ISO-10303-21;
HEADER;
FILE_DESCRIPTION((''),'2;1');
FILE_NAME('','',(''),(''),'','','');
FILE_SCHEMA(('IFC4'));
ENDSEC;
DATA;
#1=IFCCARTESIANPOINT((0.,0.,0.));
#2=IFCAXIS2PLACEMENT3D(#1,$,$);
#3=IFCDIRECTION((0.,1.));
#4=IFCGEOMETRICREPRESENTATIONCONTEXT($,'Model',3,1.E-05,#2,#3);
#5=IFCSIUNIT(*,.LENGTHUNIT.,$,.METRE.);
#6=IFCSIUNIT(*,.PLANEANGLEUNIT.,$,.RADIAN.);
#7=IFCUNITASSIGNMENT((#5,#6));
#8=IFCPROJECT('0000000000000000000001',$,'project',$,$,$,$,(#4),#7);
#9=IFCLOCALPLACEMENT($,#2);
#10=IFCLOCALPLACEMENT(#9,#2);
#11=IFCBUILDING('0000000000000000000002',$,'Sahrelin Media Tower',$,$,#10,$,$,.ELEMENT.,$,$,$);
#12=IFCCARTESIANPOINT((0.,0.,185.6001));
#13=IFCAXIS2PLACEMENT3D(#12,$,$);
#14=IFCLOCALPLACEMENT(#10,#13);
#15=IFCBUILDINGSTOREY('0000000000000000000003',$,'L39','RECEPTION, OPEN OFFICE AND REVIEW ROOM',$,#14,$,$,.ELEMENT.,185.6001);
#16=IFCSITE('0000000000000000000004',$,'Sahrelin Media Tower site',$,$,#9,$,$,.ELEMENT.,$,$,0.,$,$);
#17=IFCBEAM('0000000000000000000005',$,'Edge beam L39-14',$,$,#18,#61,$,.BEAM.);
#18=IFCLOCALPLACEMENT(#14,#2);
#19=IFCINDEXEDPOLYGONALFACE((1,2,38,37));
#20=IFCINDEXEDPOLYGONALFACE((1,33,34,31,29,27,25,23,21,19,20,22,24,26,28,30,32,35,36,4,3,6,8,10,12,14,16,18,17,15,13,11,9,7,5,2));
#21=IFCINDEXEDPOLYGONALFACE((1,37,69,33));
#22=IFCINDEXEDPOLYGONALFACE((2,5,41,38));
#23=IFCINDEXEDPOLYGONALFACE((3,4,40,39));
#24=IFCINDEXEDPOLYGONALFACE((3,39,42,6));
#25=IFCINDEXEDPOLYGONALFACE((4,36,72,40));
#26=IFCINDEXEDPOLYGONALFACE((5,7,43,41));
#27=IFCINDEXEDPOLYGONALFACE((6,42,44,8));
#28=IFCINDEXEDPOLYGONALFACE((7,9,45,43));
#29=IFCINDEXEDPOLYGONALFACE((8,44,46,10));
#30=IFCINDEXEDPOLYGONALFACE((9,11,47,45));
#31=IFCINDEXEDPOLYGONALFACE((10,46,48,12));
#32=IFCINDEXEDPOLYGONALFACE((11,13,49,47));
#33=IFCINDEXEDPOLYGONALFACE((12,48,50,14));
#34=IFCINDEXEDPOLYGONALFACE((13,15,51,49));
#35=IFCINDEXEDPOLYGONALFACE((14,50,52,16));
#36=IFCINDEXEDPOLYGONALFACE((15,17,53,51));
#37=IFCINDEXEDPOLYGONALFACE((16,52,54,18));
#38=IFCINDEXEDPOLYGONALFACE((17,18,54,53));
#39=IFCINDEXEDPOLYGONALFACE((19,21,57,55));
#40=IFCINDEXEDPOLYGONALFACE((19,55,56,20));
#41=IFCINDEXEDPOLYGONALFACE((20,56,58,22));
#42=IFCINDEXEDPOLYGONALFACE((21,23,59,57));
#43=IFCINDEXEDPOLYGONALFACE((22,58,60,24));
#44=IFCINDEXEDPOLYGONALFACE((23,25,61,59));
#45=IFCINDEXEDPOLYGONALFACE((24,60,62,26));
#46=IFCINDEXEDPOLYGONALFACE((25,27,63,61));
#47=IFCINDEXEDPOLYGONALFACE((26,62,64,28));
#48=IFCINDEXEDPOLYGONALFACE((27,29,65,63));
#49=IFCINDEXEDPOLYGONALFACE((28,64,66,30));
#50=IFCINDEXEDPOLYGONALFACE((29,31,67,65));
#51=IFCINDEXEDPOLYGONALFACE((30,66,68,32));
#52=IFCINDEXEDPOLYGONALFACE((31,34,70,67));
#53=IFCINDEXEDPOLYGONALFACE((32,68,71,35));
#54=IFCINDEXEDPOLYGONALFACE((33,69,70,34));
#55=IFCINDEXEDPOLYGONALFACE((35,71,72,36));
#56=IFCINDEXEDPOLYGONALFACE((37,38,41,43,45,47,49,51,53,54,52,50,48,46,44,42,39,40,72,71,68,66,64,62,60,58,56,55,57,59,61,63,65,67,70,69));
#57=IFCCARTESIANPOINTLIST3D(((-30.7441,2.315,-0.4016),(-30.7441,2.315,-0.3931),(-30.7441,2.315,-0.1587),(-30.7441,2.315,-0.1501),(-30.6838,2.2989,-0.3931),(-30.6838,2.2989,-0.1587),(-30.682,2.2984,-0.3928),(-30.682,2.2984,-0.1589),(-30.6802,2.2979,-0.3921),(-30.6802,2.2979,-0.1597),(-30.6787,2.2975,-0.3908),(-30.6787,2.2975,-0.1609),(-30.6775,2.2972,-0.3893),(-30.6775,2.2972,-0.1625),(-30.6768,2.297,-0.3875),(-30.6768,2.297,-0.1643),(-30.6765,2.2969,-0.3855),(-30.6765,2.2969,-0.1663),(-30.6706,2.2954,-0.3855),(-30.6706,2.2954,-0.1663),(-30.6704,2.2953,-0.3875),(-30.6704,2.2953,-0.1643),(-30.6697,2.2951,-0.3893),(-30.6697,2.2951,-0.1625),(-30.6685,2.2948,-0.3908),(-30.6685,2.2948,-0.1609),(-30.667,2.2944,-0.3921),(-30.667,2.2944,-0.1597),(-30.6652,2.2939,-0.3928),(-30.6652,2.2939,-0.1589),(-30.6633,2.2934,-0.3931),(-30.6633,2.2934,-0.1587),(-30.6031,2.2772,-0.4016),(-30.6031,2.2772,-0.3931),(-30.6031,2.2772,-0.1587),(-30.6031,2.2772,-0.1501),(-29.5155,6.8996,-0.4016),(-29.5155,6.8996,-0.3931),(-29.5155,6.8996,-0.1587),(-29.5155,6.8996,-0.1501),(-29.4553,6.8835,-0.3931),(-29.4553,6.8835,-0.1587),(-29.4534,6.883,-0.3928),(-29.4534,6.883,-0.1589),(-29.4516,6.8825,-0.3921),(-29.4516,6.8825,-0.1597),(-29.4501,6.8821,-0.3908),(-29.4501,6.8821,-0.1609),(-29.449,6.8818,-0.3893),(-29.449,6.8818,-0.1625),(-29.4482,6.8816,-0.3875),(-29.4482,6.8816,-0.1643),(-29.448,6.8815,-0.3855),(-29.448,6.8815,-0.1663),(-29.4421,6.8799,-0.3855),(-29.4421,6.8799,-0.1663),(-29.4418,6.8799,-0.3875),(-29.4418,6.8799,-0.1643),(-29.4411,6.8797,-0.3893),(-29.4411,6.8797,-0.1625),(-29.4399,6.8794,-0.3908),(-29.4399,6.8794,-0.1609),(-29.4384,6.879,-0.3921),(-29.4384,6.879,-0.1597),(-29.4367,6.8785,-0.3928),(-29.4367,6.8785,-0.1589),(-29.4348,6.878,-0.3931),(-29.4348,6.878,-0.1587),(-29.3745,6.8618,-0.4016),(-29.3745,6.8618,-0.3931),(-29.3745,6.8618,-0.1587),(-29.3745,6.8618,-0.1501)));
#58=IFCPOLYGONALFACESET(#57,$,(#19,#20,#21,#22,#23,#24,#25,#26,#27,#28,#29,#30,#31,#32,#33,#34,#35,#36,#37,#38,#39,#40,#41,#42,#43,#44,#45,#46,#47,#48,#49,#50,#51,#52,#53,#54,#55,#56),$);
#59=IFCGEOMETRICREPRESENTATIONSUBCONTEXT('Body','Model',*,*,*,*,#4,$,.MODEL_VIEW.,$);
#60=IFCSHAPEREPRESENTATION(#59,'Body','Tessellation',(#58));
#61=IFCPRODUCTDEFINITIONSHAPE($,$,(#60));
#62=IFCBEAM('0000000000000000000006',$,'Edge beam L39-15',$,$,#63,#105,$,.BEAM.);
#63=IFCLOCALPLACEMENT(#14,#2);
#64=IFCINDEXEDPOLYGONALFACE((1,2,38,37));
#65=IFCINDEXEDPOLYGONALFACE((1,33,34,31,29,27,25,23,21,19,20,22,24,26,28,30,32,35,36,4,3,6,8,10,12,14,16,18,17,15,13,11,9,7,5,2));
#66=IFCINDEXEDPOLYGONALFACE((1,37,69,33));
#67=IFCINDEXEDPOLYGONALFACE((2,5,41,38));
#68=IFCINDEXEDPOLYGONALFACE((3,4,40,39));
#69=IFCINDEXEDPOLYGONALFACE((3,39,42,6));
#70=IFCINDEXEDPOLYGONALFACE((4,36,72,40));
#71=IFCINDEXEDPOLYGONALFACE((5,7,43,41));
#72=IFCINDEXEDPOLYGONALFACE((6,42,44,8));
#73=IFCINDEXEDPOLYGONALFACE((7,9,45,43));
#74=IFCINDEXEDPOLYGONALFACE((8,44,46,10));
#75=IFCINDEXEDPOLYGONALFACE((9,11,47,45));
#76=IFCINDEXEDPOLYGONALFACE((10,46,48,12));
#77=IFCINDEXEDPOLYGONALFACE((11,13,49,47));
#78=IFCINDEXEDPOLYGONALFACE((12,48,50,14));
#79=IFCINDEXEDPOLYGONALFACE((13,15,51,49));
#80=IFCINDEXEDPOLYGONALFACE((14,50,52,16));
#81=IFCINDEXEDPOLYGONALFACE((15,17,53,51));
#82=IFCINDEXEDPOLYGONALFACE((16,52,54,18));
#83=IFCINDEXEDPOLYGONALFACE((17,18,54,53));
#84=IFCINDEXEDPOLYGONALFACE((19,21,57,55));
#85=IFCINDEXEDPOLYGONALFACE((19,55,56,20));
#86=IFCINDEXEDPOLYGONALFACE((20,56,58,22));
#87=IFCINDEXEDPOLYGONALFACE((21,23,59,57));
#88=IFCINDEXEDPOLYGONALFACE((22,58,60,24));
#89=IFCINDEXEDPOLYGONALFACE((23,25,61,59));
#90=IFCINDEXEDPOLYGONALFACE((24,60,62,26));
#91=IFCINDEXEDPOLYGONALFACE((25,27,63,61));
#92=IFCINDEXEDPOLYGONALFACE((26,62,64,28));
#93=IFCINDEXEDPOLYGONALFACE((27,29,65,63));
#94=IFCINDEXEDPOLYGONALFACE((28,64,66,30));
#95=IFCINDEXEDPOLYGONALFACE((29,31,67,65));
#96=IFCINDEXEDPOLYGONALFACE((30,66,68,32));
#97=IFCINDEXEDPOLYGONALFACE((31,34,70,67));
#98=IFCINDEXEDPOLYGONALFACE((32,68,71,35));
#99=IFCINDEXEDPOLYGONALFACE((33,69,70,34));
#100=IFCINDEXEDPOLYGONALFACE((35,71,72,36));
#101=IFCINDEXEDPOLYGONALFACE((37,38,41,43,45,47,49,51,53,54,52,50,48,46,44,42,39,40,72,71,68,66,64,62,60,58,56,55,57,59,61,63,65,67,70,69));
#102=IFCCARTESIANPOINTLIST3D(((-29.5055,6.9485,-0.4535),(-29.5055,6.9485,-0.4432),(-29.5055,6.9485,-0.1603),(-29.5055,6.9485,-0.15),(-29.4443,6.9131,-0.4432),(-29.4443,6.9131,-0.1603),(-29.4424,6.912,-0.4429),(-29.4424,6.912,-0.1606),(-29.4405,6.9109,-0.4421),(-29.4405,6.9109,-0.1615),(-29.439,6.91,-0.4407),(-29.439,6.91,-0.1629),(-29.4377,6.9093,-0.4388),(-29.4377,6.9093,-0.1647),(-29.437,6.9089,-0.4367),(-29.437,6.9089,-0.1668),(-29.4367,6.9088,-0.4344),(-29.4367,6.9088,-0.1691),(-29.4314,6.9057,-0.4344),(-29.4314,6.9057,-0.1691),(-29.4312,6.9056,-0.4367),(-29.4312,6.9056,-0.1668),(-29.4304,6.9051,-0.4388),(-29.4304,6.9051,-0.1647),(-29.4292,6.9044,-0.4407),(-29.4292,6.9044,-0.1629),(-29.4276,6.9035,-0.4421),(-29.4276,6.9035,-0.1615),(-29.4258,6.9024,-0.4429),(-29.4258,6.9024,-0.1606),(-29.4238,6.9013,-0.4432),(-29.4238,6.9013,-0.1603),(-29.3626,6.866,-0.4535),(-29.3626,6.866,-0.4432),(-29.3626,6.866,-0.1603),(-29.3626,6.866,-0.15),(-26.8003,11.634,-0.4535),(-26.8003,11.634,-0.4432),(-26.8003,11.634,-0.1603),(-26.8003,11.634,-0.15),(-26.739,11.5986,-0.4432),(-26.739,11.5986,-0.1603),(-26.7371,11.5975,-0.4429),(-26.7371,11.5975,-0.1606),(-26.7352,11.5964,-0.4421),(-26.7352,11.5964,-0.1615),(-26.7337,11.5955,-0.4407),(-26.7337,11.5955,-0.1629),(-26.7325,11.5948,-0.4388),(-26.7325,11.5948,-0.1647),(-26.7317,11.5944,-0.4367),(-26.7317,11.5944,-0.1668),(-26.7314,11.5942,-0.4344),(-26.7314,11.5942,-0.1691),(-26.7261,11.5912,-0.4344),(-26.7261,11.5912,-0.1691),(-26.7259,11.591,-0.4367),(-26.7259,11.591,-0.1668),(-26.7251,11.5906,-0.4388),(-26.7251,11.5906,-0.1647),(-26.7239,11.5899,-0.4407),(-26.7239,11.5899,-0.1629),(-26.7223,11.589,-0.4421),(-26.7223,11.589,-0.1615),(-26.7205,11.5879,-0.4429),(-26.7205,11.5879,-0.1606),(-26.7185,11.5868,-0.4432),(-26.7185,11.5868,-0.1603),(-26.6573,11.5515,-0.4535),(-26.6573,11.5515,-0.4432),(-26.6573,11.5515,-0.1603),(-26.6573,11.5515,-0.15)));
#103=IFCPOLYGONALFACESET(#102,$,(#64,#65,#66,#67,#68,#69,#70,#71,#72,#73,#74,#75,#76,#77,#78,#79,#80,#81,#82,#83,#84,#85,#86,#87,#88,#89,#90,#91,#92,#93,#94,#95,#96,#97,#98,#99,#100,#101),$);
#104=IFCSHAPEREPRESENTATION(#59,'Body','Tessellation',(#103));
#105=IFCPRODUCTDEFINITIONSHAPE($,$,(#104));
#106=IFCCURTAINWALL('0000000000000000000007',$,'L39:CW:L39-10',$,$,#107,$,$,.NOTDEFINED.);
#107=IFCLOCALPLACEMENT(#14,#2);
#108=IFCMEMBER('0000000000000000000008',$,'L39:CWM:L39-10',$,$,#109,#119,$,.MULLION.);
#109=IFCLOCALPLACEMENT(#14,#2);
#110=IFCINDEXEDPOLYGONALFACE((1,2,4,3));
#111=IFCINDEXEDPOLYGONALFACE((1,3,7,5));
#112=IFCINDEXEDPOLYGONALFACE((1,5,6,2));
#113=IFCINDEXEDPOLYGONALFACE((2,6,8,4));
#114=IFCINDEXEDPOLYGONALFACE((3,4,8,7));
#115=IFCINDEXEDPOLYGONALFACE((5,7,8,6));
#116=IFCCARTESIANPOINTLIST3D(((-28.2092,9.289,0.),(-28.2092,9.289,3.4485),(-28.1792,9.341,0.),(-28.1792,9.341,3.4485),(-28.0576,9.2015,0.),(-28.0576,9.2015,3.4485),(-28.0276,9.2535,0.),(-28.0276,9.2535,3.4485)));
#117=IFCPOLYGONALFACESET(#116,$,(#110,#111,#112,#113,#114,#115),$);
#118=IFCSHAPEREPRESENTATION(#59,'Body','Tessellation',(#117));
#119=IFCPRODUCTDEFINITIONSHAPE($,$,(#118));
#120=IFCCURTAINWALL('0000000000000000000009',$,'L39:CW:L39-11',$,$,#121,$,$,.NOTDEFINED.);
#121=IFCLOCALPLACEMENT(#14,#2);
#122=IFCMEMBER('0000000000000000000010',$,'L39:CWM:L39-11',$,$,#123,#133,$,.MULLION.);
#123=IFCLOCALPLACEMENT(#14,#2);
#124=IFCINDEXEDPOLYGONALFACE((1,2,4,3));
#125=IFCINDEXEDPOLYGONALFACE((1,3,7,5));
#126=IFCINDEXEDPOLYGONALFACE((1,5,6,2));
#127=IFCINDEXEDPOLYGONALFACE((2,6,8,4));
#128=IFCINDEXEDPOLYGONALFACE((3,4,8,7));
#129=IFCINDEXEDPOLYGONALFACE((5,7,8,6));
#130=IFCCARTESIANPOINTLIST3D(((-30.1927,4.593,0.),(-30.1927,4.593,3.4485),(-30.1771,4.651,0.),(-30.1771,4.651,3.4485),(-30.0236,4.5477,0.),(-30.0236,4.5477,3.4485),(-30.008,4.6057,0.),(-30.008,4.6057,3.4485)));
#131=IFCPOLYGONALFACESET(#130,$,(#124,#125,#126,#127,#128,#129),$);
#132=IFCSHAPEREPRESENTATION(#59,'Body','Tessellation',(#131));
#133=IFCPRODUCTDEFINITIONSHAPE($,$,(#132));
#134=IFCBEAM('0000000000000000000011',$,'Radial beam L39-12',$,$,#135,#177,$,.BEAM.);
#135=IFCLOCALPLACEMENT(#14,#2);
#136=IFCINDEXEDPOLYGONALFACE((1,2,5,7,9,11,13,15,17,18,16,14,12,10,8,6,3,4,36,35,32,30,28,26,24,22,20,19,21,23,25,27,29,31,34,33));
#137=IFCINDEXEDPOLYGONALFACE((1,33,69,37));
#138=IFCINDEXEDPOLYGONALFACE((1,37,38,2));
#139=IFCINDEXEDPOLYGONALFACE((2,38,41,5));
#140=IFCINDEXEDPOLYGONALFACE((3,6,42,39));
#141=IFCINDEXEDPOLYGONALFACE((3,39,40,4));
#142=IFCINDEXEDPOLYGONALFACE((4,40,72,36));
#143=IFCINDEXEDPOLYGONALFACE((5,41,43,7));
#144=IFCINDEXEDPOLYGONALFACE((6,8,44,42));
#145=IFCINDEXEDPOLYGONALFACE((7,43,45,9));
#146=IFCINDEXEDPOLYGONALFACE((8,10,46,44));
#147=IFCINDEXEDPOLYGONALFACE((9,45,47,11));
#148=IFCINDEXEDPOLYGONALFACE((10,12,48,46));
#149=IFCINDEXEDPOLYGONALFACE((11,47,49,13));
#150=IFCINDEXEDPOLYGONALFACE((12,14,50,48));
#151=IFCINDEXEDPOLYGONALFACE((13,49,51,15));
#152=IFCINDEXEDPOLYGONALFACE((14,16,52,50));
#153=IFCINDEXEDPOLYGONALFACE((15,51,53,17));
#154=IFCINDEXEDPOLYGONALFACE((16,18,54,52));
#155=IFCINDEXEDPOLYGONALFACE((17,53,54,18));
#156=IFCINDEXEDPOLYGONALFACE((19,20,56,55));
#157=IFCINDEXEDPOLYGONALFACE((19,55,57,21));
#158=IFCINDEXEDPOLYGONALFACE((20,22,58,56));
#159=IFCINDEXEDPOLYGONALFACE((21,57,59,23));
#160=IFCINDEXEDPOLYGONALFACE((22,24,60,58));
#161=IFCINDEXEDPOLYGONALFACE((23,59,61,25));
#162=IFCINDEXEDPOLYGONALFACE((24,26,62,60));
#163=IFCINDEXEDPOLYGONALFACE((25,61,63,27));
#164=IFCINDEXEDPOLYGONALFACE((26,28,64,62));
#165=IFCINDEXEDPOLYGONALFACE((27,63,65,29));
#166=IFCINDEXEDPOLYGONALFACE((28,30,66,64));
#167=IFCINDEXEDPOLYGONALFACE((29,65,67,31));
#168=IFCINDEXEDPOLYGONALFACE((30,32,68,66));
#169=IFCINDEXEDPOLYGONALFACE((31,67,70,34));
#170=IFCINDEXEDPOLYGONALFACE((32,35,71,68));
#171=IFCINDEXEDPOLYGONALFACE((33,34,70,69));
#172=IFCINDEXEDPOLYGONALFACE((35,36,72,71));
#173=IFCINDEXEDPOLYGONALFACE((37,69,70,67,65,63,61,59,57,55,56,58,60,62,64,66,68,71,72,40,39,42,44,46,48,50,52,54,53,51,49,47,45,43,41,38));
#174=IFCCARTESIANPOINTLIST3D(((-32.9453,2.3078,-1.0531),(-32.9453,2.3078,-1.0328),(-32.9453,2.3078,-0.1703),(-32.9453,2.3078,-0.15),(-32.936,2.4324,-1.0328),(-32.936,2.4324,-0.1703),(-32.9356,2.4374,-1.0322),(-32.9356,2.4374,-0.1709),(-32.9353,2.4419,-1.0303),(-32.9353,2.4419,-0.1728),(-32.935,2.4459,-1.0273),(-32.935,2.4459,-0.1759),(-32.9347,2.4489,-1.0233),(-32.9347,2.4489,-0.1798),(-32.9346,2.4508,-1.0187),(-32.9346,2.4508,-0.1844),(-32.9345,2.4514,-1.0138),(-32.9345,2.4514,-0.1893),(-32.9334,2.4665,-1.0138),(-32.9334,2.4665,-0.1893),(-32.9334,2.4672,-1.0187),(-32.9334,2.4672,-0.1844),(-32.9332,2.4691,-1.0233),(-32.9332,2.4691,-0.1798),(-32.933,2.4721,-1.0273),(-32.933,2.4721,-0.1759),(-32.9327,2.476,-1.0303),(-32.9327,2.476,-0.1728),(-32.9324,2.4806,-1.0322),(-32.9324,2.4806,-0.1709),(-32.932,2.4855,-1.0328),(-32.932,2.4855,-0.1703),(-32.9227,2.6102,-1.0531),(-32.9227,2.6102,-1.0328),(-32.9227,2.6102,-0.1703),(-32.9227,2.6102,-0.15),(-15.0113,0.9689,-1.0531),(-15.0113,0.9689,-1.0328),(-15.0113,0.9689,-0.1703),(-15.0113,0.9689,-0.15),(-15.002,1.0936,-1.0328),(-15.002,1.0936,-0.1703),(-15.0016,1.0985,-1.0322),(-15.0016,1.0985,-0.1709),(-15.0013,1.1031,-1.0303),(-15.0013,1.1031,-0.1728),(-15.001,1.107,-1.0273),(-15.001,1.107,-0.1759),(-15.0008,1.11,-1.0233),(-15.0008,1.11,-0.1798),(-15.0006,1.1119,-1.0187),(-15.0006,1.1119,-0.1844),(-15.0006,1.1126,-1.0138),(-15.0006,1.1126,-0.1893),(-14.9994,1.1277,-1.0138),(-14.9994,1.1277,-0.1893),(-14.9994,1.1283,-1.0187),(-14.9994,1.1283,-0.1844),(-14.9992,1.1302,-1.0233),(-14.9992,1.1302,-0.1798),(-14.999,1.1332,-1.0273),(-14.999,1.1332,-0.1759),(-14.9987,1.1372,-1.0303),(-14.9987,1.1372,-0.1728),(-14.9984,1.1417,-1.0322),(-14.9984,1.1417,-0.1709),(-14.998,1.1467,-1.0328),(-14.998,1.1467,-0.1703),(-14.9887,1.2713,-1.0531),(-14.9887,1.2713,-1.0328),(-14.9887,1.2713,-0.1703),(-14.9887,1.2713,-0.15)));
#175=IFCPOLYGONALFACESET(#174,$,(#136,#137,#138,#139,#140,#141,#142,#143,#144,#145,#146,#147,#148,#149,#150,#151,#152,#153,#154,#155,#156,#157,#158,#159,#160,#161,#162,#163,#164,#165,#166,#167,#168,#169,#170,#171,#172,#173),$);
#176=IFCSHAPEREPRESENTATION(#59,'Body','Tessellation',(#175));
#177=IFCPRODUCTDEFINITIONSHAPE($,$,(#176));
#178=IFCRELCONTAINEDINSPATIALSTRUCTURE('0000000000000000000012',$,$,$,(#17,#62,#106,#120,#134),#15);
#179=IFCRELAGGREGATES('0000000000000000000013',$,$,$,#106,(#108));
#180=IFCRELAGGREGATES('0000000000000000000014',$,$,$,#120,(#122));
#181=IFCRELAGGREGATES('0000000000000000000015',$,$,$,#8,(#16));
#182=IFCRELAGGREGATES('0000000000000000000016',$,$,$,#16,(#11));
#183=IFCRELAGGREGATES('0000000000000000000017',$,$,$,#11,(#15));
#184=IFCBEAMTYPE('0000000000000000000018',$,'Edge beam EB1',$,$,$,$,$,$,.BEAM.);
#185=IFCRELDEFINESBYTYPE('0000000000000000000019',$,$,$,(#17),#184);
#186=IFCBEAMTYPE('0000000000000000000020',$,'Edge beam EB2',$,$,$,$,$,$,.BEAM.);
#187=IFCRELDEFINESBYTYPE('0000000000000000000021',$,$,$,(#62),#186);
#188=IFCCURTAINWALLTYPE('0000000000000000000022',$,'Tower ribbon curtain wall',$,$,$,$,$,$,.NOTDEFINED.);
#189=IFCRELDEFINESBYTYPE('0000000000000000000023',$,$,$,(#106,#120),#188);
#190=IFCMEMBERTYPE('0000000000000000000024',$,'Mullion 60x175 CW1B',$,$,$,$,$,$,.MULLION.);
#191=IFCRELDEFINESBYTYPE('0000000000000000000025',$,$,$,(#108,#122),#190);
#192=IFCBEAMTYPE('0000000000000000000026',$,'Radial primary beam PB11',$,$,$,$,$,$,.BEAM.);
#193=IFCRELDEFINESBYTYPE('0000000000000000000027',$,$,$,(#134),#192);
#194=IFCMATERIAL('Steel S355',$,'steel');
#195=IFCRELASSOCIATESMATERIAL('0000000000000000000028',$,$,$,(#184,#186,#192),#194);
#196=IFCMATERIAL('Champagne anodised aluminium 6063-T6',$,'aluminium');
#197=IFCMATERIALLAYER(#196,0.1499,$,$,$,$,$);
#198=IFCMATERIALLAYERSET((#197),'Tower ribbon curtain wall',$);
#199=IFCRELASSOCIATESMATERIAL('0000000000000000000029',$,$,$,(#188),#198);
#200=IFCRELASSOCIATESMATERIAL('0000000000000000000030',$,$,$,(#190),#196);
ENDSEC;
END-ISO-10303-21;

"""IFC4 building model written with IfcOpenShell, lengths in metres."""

from ifc_helpers import new_model, si_unit, direction, frame, origin, origin_2d, place, context, subcontext, project, spatial, rectangle, i_section, extrude, material, layer, layer_set, material_profile, profile_set, type_object, element, aggregate, save


model = new_model("IFC4")

# Units and contexts
model_context = context("Model", 3, precision=1e-05, world=origin(), true_north=direction((0.0, 1.0)))
body_context = subcontext(model_context, "Body", "Model", "MODEL_VIEW")
ifc_project = project(units=[si_unit("LENGTHUNIT", "METRE"), si_unit("PLANEANGLEUNIT", "RADIAN")], contexts=[model_context])

# Site, building, storey
site_placement = place(None, origin())
site = spatial("IfcSite", under=ifc_project, at=site_placement, Name="Sahrelin Media Tower site", CompositionType="ELEMENT", RefElevation=0.0)
building_placement = place(site_placement, origin())
building = spatial("IfcBuilding", under=site, at=building_placement, Name="Sahrelin Media Tower", CompositionType="ELEMENT")
storey_placement = place(building_placement, frame((0.0, 0.0, 185.6001)))
storey = spatial("IfcBuildingStorey", under=building, at=storey_placement, Name="L39", Description="RECEPTION, OPEN OFFICE AND REVIEW ROOM", CompositionType="ELEMENT", Elevation=185.6001)

# Beams
ifc_material_1 = material(Name="Steel S355", Category="steel")
ifc_material_profile_1 = material_profile(ifc_material_1, i_section(OverallWidth=0.146, OverallDepth=0.2515, WebThickness=0.0061, FlangeThickness=0.0085, FilletRadius=0.0076, at=origin_2d()), Name="UB 254x146x31")
ifc_profile_set_1 = profile_set([ifc_material_profile_1], Name="Steel S355")
beam_type_1 = type_object("IfcBeamType", Name="Edge beam EB1", PredefinedType="BEAM", material=ifc_profile_set_1)
beam_1_placement = place(storey_placement, frame((-30.6736, 2.2961, -0.2759), z_axis=(0.258841, 0.96592, 0.0), x_axis=(-0.96592, 0.258841, 0.0)))
element("IfcBeam", 1, at=beam_1_placement, inside=storey, type_object=beam_type_1, Name="Edge beam L39-14", PredefinedType="BEAM", context=body_context, shape_type="SweptSolid", body=[
    extrude(i_section(OverallWidth=0.146, OverallDepth=0.2515, WebThickness=0.0061, FlangeThickness=0.0085, FilletRadius=0.0076, at=origin_2d()), origin(), (0.0, 0.0, 1.0), 4.7463),
])
ifc_material_profile_2 = material_profile(ifc_material_1, i_section(OverallWidth=0.165, OverallDepth=0.3035, WebThickness=0.0061, FlangeThickness=0.0103, FilletRadius=0.0088, at=origin_2d()), Name="UB 305x165x40")
ifc_profile_set_2 = profile_set([ifc_material_profile_2], Name="Steel S355")
beam_type_2 = type_object("IfcBeamType", Name="Edge beam EB2", PredefinedType="BEAM", material=ifc_profile_set_2)
beam_2_placement = place(storey_placement, frame((-29.4341, 6.9072, -0.3018), z_axis=(0.500017, 0.866016, 0.0), x_axis=(-0.866016, 0.500017, 0.0)))
element("IfcBeam", 2, at=beam_2_placement, inside=storey, type_object=beam_type_2, Name="Edge beam L39-15", PredefinedType="BEAM", context=body_context, shape_type="SweptSolid", body=[
    extrude(i_section(OverallWidth=0.165, OverallDepth=0.3035, WebThickness=0.0061, FlangeThickness=0.0103, FilletRadius=0.0088, at=origin_2d()), origin(), (0.0, 0.0, 1.0), 5.4104),
])

# Curtain walls, members
ifc_material_2 = material(Name="Champagne anodised aluminium 6063-T6", Category="aluminium")
ifc_layer_1 = layer(ifc_material_2, 0.1499)
ifc_layer_set_1 = layer_set([ifc_layer_1], Name="Tower ribbon curtain wall")
curtain_wall_type = type_object("IfcCurtainWallType", Name="Tower ribbon curtain wall", PredefinedType="NOTDEFINED", material=ifc_layer_set_1)
curtain_wall_1_placement = place(storey_placement, frame((-28.2112, 9.325, 0.0), z_axis=(0.0, 0.0, 1.0), x_axis=(1.0, 0.0, 0.0)))
curtain_wall_1 = element("IfcCurtainWall", 3, at=curtain_wall_1_placement, inside=storey, type_object=curtain_wall_type, Name="L39:CW:L39-10", PredefinedType="NOTDEFINED")
ifc_material_profile_3 = material_profile(ifc_material_2, rectangle(XDim=0.0601, YDim=0.175, at=origin_2d()), Name="Mullion 60x175")
ifc_profile_set_3 = profile_set([ifc_material_profile_3], Name="Champagne anodised aluminium 6063-T6")
member_type_1 = type_object("IfcMemberType", Name="Mullion 60x175 CW1B", PredefinedType="MULLION", material=ifc_profile_set_3)
member_1_placement = place(storey_placement, frame((-28.1184, 9.2712, 0.0), z_axis=(0.0, 0.0, 1.0), x_axis=(-0.499997, -0.866027, 0.0)))
member_1 = element("IfcMember", 4, at=member_1_placement, type_object=member_type_1, Name="L39:CWM:L39-10", PredefinedType="MULLION", context=body_context, shape_type="SweptSolid", body=[
    extrude(rectangle(XDim=0.0601, YDim=0.175, at=origin_2d()), origin(), (0.0, 0.0, 1.0), 3.4485),
])
aggregate(curtain_wall_1, [member_1])
curtain_wall_2_placement = place(storey_placement, frame((-30.2041, 4.6272, 0.0), z_axis=(0.0, 0.0, 1.0), x_axis=(1.0, 0.0, 0.0)))
curtain_wall_2 = element("IfcCurtainWall", 5, at=curtain_wall_2_placement, inside=storey, type_object=curtain_wall_type, Name="L39:CW:L39-11", PredefinedType="NOTDEFINED")
member_2_placement = place(storey_placement, frame((-30.1003, 4.5994, 0.0), z_axis=(0.0, 0.0, 1.0), x_axis=(-0.258829, -0.965923, 0.0)))
member_2 = element("IfcMember", 6, at=member_2_placement, type_object=member_type_1, Name="L39:CWM:L39-11", PredefinedType="MULLION", context=body_context, shape_type="SweptSolid", body=[
    extrude(rectangle(XDim=0.0601, YDim=0.175, at=origin_2d()), origin(), (0.0, 0.0, 1.0), 3.4485),
])

# Beam
ifc_material_profile_4 = material_profile(ifc_material_1, i_section(OverallWidth=0.3032, OverallDepth=0.9031, WebThickness=0.0151, FlangeThickness=0.0203, FilletRadius=0.019, at=origin_2d()), Name="UB 914x305x201")
ifc_profile_set_4 = profile_set([ifc_material_profile_4], Name="Steel S355")
beam_type_3 = type_object("IfcBeamType", Name="Radial primary beam PB11", PredefinedType="BEAM", material=ifc_profile_set_4)
beam_3_placement = place(storey_placement, frame((-15.0, 1.1201, -0.6016), z_axis=(-0.997225, 0.074448, 0.0), x_axis=(-0.074448, -0.997225, 0.0)))
element("IfcBeam", 7, at=beam_3_placement, inside=storey, type_object=beam_type_3, Name="Radial beam L39-12", PredefinedType="BEAM", context=body_context, shape_type="SweptSolid", body=[
    extrude(i_section(OverallWidth=0.3032, OverallDepth=0.9031, WebThickness=0.0151, FlangeThickness=0.0203, FilletRadius=0.019, at=origin_2d()), origin(), (0.0, 0.0, 1.0), 17.9839),
])

aggregate(curtain_wall_2, [member_2])

save(model, "model.ifc")
